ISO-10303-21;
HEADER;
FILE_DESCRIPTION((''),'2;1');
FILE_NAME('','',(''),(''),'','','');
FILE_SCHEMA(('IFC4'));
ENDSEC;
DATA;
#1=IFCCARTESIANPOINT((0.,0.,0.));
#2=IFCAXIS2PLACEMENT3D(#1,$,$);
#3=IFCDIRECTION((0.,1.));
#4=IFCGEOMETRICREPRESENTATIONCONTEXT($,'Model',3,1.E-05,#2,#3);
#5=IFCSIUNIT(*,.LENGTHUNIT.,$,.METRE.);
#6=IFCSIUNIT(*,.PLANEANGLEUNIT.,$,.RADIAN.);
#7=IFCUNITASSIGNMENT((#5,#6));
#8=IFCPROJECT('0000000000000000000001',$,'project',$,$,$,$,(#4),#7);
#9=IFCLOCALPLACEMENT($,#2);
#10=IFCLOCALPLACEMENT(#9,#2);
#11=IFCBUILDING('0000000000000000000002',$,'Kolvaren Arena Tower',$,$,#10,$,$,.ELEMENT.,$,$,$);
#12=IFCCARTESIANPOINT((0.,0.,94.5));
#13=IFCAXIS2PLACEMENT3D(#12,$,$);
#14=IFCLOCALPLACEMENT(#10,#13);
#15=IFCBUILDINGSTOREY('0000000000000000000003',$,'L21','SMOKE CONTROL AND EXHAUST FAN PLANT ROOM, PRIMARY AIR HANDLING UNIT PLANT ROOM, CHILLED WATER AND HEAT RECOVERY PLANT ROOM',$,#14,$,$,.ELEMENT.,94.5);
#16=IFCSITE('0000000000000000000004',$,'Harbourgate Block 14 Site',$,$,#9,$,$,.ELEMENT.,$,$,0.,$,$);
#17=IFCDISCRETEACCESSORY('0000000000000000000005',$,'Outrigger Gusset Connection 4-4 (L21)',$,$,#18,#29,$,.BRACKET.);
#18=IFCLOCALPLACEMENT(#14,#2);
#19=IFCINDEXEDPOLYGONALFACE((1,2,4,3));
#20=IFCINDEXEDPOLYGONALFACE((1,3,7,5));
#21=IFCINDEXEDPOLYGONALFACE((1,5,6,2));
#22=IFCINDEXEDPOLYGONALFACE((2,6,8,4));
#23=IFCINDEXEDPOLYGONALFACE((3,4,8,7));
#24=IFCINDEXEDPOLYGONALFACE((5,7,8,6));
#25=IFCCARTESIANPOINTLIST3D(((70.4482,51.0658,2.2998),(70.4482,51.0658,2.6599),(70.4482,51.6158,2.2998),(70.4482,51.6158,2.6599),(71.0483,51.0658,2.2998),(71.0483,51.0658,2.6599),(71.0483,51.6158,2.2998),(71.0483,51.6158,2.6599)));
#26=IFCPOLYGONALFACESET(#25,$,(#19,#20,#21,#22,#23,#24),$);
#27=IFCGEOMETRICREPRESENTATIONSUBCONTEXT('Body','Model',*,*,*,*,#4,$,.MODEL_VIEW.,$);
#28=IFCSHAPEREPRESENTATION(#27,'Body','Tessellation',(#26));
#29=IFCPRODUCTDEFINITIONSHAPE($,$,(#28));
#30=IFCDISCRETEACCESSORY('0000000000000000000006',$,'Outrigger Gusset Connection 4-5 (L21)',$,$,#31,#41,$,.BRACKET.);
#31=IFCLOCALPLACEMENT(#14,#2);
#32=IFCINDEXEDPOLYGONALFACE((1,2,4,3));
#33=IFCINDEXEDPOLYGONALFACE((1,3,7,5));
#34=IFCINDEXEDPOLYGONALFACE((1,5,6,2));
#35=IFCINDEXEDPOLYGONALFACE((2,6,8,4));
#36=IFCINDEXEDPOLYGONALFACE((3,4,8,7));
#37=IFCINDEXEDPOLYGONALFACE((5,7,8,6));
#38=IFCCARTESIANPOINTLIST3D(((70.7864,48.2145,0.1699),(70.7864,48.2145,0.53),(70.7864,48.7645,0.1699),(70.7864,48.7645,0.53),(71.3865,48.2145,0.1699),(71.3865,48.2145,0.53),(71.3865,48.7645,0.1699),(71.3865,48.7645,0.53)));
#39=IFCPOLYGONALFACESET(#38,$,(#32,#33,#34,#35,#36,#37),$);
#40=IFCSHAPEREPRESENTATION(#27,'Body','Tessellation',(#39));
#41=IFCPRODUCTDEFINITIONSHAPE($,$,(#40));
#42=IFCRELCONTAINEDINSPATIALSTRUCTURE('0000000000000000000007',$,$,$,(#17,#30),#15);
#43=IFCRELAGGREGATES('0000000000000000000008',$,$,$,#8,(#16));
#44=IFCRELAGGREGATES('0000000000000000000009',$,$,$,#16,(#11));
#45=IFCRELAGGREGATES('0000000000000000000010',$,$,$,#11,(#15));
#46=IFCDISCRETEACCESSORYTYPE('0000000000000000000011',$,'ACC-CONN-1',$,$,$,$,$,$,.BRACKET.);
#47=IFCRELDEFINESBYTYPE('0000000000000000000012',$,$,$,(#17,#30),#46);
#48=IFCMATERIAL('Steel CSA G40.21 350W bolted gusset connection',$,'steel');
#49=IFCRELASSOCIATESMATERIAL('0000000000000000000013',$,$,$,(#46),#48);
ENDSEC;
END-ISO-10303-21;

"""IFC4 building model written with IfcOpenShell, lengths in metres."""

from ifc_helpers import new_model, si_unit, direction, frame, origin, origin_2d, place, context, subcontext, project, spatial, rectangle, extrude, material, type_object, element, save


model = new_model("IFC4")

# Units and contexts
model_context = context("Model", 3, precision=1e-05, world=origin(), true_north=direction((0.0, 1.0)))
body_context = subcontext(model_context, "Body", "Model", "MODEL_VIEW")
ifc_project = project(units=[si_unit("LENGTHUNIT", "METRE"), si_unit("PLANEANGLEUNIT", "RADIAN")], contexts=[model_context])

# Site, building, storey
site_placement = place(None, origin())
site = spatial("IfcSite", under=ifc_project, at=site_placement, Name="Harbourgate Block 14 Site", CompositionType="ELEMENT", RefElevation=0.0)
building_placement = place(site_placement, origin())
building = spatial("IfcBuilding", under=site, at=building_placement, Name="Kolvaren Arena Tower", CompositionType="ELEMENT")
storey_placement = place(building_placement, frame((0.0, 0.0, 94.5)))
storey = spatial("IfcBuildingStorey", under=building, at=storey_placement, Name="L21", Description="SMOKE CONTROL AND EXHAUST FAN PLANT ROOM, PRIMARY AIR HANDLING UNIT PLANT ROOM, CHILLED WATER AND HEAT RECOVERY PLANT ROOM", CompositionType="ELEMENT", Elevation=94.5)

# Discrete accessories
ifc_material_1 = material(Name="Steel CSA G40.21 350W bolted gusset connection", Category="steel")
discrete_accessory_type_1 = type_object("IfcDiscreteAccessoryType", Name="ACC-CONN-1", PredefinedType="BRACKET", material=ifc_material_1)
for number, where, z_axis, x_axis, name in (
    (1, (70.7483, 51.3408, 2.2998), (0.0, 0.0, 1.0), (1.0, 0.0, 0.0), "Outrigger Gusset Connection 4-4 (L21)"),
    (2, (71.0864, 48.4895, 0.1699), (0.0, 0.0, 1.0), (1.0, 0.0, 0.0), "Outrigger Gusset Connection 4-5 (L21)"),
):
    element("IfcDiscreteAccessory", number, at=place(storey_placement, frame(where, z_axis=z_axis, x_axis=x_axis)), inside=storey, type_object=discrete_accessory_type_1, Name=name, PredefinedType="BRACKET", context=body_context, shape_type="SweptSolid", body=[
        extrude(rectangle(XDim=0.6001, YDim=0.55, at=origin_2d()), origin(), (0.0, 0.0, 1.0), 0.3601),
    ])

save(model, "model.ifc")
